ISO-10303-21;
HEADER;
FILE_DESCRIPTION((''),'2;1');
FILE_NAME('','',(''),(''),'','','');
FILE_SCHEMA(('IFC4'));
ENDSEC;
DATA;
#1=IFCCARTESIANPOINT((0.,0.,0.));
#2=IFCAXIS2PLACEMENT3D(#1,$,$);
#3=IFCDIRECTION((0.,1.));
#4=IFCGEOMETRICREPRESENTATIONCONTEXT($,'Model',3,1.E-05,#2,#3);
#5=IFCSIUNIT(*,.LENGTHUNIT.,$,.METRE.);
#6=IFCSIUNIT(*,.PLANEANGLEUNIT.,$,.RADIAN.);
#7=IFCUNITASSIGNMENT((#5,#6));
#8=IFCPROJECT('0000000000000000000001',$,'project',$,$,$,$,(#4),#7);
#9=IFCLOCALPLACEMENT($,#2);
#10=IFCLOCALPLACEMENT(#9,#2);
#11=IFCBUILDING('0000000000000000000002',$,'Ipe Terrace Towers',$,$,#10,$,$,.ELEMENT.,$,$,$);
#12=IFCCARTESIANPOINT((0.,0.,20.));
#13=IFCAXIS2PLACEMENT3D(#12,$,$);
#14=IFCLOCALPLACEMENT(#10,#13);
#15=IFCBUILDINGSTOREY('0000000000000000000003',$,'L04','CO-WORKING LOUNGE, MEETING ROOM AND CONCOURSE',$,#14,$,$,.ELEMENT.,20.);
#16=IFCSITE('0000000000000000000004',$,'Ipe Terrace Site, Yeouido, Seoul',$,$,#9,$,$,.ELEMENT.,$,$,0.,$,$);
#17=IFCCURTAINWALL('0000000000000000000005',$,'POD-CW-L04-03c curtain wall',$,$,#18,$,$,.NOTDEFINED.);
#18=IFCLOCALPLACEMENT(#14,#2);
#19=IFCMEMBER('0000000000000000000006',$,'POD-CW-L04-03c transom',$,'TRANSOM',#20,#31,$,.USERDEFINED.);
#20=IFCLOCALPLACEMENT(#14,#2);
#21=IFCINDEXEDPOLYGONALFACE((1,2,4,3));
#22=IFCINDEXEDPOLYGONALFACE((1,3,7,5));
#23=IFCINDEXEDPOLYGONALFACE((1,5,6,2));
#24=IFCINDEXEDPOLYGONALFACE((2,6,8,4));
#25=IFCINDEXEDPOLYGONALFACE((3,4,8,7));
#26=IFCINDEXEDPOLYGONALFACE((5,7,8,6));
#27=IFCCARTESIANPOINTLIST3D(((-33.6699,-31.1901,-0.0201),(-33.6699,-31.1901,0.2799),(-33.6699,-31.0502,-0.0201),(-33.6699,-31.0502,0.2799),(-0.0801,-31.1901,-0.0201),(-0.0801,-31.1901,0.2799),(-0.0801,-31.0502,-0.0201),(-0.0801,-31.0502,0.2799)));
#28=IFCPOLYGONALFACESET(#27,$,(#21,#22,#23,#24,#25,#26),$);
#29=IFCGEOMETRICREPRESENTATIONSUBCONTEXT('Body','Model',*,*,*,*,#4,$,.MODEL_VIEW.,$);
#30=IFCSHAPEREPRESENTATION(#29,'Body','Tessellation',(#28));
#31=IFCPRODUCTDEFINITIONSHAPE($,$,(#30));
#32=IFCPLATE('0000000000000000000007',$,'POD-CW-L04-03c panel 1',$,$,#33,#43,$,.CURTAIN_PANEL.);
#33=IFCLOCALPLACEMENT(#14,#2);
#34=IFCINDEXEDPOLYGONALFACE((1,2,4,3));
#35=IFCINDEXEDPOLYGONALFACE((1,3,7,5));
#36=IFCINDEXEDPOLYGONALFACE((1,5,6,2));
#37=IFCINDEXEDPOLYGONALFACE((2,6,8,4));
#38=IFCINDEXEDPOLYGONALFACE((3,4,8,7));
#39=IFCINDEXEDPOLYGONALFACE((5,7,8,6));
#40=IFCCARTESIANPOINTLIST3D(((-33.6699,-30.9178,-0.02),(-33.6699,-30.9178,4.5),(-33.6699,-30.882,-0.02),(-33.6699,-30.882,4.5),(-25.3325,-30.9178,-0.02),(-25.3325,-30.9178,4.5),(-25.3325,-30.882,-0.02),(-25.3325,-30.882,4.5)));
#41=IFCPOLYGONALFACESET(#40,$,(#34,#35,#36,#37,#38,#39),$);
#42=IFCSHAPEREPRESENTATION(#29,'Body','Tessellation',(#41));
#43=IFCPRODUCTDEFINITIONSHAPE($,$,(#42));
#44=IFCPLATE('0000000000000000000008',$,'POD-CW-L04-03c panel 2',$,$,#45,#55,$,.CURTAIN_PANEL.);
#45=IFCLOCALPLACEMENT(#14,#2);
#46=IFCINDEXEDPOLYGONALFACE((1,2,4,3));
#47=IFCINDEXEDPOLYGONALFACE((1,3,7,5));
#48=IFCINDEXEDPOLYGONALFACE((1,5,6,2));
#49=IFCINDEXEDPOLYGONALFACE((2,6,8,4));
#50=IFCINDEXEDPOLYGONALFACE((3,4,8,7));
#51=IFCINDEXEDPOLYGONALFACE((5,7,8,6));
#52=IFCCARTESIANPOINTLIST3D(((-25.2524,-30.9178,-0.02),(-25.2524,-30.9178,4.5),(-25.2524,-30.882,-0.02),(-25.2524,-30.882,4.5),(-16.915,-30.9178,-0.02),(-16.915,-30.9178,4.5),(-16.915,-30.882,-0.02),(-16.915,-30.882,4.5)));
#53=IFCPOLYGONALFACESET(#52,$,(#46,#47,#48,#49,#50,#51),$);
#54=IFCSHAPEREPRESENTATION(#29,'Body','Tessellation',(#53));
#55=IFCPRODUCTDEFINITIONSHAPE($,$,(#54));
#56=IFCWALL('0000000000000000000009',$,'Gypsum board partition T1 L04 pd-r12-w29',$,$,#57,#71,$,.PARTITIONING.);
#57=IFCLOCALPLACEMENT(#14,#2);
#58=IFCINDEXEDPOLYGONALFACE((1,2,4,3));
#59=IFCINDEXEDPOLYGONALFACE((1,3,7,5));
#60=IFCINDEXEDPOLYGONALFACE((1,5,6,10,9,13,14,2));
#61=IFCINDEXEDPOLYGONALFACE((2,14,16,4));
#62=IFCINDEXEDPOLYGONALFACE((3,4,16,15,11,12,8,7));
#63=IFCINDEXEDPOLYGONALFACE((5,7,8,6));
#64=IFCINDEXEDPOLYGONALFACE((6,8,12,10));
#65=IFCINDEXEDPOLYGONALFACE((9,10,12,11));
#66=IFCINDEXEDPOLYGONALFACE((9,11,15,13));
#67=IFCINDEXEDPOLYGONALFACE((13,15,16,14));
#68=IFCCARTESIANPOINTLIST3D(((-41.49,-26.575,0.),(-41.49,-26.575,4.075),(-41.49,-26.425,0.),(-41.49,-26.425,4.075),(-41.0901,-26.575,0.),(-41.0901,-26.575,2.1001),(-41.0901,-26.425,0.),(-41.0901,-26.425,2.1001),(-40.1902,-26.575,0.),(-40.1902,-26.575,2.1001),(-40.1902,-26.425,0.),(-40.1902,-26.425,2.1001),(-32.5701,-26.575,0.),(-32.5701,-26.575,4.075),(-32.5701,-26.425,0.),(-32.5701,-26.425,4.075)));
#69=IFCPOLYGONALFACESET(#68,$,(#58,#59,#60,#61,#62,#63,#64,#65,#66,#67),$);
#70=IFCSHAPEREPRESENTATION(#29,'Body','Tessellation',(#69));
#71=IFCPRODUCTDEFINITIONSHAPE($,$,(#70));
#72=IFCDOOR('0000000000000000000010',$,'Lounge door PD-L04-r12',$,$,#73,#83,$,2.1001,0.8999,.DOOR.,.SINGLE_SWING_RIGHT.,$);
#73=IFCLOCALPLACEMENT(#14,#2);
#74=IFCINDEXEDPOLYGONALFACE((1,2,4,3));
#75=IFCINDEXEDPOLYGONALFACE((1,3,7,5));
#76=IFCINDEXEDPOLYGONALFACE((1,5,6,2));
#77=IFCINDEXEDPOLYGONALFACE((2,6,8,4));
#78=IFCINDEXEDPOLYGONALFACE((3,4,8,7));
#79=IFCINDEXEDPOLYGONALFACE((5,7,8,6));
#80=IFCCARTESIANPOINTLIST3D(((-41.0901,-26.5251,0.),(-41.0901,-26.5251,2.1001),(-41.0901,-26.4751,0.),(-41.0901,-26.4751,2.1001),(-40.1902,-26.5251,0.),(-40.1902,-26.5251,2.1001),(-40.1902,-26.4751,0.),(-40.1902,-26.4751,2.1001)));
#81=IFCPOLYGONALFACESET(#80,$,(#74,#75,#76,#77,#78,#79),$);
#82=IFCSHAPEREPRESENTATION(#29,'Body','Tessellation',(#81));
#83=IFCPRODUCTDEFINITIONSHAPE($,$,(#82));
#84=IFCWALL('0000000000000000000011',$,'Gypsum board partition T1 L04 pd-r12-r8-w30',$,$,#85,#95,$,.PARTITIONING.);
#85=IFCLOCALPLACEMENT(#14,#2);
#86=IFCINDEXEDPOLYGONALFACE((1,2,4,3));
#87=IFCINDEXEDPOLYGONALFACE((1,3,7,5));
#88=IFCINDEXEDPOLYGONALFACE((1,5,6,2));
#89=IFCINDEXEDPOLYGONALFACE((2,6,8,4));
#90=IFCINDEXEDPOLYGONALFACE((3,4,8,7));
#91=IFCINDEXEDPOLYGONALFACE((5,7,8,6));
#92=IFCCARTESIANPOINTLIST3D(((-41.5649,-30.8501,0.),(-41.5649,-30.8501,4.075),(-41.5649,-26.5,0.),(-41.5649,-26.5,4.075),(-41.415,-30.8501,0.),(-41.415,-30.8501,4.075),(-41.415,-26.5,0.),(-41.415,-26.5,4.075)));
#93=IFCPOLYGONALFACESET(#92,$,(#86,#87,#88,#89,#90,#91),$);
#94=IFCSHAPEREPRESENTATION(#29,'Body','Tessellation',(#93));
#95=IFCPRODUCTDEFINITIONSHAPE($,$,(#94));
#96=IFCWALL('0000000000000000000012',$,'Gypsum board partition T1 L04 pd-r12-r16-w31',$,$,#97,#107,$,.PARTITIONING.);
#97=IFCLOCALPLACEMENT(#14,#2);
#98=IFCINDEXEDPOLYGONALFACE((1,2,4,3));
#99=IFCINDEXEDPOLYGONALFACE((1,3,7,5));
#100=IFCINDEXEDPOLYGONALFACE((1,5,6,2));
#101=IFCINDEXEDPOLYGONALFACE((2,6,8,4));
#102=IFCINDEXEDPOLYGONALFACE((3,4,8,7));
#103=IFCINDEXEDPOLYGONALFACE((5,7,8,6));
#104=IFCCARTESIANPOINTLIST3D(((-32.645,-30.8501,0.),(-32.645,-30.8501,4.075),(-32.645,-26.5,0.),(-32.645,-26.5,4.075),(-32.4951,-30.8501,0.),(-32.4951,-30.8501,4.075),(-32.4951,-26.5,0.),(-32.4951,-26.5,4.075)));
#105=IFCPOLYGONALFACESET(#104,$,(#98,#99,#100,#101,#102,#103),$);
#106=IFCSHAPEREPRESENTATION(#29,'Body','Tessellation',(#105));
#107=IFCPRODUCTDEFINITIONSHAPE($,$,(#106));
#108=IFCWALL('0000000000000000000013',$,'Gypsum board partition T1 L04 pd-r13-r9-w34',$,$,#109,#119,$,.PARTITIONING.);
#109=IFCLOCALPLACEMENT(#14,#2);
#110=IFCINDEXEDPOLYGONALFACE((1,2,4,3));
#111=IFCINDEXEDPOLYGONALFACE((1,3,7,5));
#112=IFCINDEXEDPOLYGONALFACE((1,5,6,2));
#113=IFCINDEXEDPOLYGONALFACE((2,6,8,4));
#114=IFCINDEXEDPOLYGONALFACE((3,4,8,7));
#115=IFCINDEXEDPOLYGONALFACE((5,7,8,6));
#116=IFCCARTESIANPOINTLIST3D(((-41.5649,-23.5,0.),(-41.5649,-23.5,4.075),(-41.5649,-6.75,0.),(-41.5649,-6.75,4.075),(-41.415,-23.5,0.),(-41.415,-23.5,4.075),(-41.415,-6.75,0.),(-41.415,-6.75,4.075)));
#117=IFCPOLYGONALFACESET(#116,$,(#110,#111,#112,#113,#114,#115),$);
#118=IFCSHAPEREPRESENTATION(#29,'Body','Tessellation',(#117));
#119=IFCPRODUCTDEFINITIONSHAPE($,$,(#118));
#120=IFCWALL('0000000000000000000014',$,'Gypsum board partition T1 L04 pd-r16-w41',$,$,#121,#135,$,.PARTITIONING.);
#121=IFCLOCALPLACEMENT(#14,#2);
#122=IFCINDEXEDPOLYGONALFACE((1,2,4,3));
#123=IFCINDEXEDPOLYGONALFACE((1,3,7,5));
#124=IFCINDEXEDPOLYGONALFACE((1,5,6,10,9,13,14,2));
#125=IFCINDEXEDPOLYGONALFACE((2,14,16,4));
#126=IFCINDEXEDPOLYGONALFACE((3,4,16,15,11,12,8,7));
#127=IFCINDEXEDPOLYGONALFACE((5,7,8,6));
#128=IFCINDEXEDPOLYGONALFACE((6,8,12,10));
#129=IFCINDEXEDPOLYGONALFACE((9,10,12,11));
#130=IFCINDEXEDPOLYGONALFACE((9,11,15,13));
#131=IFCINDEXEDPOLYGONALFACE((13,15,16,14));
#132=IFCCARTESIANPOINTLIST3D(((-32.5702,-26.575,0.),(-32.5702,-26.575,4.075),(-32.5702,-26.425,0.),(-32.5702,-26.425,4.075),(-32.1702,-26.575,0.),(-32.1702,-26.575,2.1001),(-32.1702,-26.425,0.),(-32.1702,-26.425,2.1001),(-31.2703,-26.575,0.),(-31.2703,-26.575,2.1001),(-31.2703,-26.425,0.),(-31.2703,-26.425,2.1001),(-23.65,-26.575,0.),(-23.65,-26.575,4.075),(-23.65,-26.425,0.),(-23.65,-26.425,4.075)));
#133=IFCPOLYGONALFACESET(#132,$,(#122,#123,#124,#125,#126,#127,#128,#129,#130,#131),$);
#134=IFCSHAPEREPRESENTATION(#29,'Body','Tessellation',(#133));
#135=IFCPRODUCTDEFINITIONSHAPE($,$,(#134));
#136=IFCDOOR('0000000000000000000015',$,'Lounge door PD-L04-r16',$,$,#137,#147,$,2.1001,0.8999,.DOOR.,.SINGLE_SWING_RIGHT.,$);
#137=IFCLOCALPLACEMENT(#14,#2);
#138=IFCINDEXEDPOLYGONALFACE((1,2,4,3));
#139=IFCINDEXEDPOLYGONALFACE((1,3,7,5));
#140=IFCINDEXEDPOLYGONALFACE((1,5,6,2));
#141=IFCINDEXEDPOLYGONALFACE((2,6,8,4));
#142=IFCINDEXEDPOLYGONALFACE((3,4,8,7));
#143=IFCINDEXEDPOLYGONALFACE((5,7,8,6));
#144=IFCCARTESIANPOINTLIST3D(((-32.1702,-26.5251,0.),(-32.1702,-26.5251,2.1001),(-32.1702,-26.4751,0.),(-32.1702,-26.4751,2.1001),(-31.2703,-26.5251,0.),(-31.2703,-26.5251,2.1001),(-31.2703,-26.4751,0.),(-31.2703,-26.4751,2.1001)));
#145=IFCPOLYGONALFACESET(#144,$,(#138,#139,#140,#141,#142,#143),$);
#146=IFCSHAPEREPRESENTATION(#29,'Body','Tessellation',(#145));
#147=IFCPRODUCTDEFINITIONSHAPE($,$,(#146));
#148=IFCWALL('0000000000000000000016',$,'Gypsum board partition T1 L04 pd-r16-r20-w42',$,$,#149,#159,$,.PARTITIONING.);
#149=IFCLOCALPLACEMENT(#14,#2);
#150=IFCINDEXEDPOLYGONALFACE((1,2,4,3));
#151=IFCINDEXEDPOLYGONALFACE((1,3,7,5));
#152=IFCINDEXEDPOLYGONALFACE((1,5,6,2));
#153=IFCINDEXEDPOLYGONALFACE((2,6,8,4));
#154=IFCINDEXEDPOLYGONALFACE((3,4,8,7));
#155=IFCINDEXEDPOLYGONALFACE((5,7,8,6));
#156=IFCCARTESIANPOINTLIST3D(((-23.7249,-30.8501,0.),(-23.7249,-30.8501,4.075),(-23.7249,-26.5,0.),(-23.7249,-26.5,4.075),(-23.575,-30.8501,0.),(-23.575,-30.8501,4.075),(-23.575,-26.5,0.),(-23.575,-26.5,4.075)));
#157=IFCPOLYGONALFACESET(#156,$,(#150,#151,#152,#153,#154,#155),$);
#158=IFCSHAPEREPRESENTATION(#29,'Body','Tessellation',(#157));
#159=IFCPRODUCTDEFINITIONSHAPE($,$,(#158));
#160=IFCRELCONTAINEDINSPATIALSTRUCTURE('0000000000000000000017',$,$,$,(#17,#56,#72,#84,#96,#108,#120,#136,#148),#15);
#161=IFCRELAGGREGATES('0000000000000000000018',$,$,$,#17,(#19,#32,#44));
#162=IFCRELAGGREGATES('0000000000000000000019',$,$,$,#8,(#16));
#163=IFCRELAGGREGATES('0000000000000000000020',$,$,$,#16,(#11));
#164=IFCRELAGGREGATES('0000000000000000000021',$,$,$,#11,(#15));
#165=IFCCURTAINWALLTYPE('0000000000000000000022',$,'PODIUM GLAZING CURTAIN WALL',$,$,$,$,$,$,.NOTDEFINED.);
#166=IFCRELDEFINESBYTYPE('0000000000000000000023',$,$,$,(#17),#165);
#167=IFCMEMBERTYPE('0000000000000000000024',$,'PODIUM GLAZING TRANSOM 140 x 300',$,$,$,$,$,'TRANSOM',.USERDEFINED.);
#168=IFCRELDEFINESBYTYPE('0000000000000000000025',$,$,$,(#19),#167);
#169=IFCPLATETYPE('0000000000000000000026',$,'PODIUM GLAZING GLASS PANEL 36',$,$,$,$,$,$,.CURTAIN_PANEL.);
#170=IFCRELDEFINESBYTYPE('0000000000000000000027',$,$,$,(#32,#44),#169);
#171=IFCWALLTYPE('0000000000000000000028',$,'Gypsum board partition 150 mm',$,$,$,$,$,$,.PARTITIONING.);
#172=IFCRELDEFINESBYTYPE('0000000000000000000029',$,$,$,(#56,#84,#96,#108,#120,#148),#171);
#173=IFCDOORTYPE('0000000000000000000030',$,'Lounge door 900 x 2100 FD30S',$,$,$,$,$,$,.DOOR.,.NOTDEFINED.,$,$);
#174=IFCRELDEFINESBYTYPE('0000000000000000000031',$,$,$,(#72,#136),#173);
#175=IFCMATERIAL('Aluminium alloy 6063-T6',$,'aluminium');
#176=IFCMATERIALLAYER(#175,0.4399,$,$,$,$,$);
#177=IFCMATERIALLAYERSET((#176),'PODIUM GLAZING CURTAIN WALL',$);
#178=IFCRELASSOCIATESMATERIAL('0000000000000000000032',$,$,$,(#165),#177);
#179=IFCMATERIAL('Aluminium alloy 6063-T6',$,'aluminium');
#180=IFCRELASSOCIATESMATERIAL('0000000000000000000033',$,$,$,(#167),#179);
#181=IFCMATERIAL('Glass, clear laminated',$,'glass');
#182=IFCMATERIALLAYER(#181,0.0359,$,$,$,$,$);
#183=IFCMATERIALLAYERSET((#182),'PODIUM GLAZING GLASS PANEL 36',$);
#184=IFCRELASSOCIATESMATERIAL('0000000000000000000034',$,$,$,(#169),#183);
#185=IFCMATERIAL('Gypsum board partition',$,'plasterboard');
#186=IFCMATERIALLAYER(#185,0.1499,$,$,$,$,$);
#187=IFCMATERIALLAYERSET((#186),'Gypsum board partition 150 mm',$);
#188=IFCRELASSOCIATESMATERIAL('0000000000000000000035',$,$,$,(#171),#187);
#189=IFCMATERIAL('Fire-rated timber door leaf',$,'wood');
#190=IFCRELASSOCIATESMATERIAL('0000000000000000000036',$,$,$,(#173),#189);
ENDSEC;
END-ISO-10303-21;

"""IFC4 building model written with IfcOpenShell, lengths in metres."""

from ifc_helpers import new_model, si_unit, direction, frame, frame_2d, origin, origin_2d, place, context, subcontext, project, spatial, rectangle, extrude, material, layer, layer_set, material_profile, profile_set, type_object, element, fill, aggregate, save


model = new_model("IFC4")

# Units and contexts
model_context = context("Model", 3, precision=1e-05, world=origin(), true_north=direction((0.0, 1.0)))
body_context = subcontext(model_context, "Body", "Model", "MODEL_VIEW")
ifc_project = project(units=[si_unit("LENGTHUNIT", "METRE"), si_unit("PLANEANGLEUNIT", "RADIAN")], contexts=[model_context])

# Site, building, storey
site_placement = place(None, origin())
site = spatial("IfcSite", under=ifc_project, at=site_placement, Name="Ipe Terrace Site, Yeouido, Seoul", CompositionType="ELEMENT", RefElevation=0.0)
building_placement = place(site_placement, origin())
building = spatial("IfcBuilding", under=site, at=building_placement, Name="Ipe Terrace Towers", CompositionType="ELEMENT")
storey_placement = place(building_placement, frame((0.0, 0.0, 20.0)))
storey = spatial("IfcBuildingStorey", under=building, at=storey_placement, Name="L04", Description="CO-WORKING LOUNGE, MEETING ROOM AND CONCOURSE", CompositionType="ELEMENT", Elevation=20.0)

# Shared definitions
ifc_material_1 = material(Name="Aluminium alloy 6063-T6", Category="aluminium")
ifc_layer_1 = layer(ifc_material_1, 0.4399)
ifc_layer_set_1 = layer_set([ifc_layer_1], Name="PODIUM GLAZING CURTAIN WALL")
curtain_wall_type = type_object("IfcCurtainWallType", Name="PODIUM GLAZING CURTAIN WALL", PredefinedType="NOTDEFINED", material=ifc_layer_set_1)

# Curtain wall, member, plates
curtain_wall_1_placement = place(storey_placement, origin())
curtain_wall_1 = element("IfcCurtainWall", 1, at=curtain_wall_1_placement, inside=storey, type_object=curtain_wall_type, Name="POD-CW-L04-03c curtain wall", PredefinedType="NOTDEFINED")
ifc_material_2 = material(Name="Aluminium alloy 6063-T6", Category="aluminium")
ifc_material_profile_1 = material_profile(ifc_material_2, rectangle(XDim=0.1399, YDim=0.3, at=origin_2d()), Name="PODIUM GLAZING TRANSOM 140 x 300")
ifc_profile_set_1 = profile_set([ifc_material_profile_1], Name="Aluminium alloy 6063-T6")
member_type_1 = type_object("IfcMemberType", Name="PODIUM GLAZING TRANSOM 140 x 300", ElementType="TRANSOM", PredefinedType="USERDEFINED", material=ifc_profile_set_1)
member_1_placement = place(storey_placement, frame((-33.6699, -31.1201, 0.1299), z_axis=(1.0, 0.0, 0.0), x_axis=(0.0, -1.0, 0.0)))
member_1 = element("IfcMember", 2, at=member_1_placement, type_object=member_type_1, Name="POD-CW-L04-03c transom", ObjectType="TRANSOM", PredefinedType="USERDEFINED", context=body_context, shape_type="SweptSolid", body=[
    extrude(rectangle(XDim=0.1399, YDim=0.3, at=origin_2d()), origin(), (0.0, 0.0, 1.0), 33.5898),
])
ifc_material_3 = material(Name="Glass, clear laminated", Category="glass")
ifc_layer_2 = layer(ifc_material_3, 0.0359)
ifc_layer_set_2 = layer_set([ifc_layer_2], Name="PODIUM GLAZING GLASS PANEL 36")
plate_type = type_object("IfcPlateType", Name="PODIUM GLAZING GLASS PANEL 36", PredefinedType="CURTAIN_PANEL", material=ifc_layer_set_2)
plate_1_placement = place(storey_placement, frame((-29.5012, -30.8999, -0.02), z_axis=(0.0, 0.0, 1.0), x_axis=(1.0, 0.0, 0.0)))
plate_1 = element("IfcPlate", 3, at=plate_1_placement, type_object=plate_type, Name="POD-CW-L04-03c panel 1", PredefinedType="CURTAIN_PANEL", context=body_context, shape_type="SweptSolid", body=[
    extrude(rectangle(XDim=8.3374, YDim=0.0359, at=origin_2d()), origin(), (0.0, 0.0, 1.0), 4.52),
])
plate_2_placement = place(storey_placement, frame((-21.0837, -30.8999, -0.02), z_axis=(0.0, 0.0, 1.0), x_axis=(1.0, 0.0, 0.0)))
plate_2 = element("IfcPlate", 4, at=plate_2_placement, type_object=plate_type, Name="POD-CW-L04-03c panel 2", PredefinedType="CURTAIN_PANEL", context=body_context, shape_type="SweptSolid", body=[
    extrude(rectangle(XDim=8.3374, YDim=0.0359, at=origin_2d()), origin(), (0.0, 0.0, 1.0), 4.52),
])
aggregate(curtain_wall_1, [member_1, plate_1, plate_2])

# Wall, opening, door
ifc_material_4 = material(Name="Gypsum board partition", Category="plasterboard")
ifc_layer_3 = layer(ifc_material_4, 0.1499)
ifc_layer_set_3 = layer_set([ifc_layer_3], Name="Gypsum board partition 150 mm")
wall_type_1 = type_object("IfcWallType", Name="Gypsum board partition 150 mm", PredefinedType="PARTITIONING", material=ifc_layer_set_3)
wall_1_placement = place(storey_placement, frame((-41.49, -26.5, 0.0), z_axis=(0.0, 0.0, 1.0), x_axis=(1.0, 0.0, 0.0)))
wall_1 = element("IfcWall", 5, at=wall_1_placement, inside=storey, type_object=wall_type_1, Name="Gypsum board partition T1 L04 pd-r12-w29", PredefinedType="PARTITIONING", context=body_context, shape_type="SweptSolid", body=[
    extrude(rectangle(XDim=8.9199, YDim=0.1499, at=frame_2d((4.46, 0.0))), origin(), (0.0, 0.0, 1.0), 4.075),
])
opening_1_placement = place(wall_1_placement, frame((0.3999, 0.0, 0.0)))
opening_1 = element("IfcOpeningElement", 6, at=opening_1_placement, cuts=wall_1, PredefinedType="OPENING", context=body_context, shape_type="SweptSolid", body=[
    extrude(rectangle(XDim=0.8999, YDim=2.1001, at=frame_2d((0.45, 1.05))), frame((0.0, 0.085, 0.0), z_axis=(0.0, -1.0, 0.0), x_axis=(1.0, 0.0, 0.0)), (0.0, 0.0, 1.0), 0.1699),
])
ifc_material_5 = material(Name="Fire-rated timber door leaf", Category="wood")
door_type_1 = type_object("IfcDoorType", Name="Lounge door 900 x 2100 FD30S", OperationType="NOTDEFINED", PredefinedType="DOOR", material=ifc_material_5)
door_1_placement = place(opening_1_placement, origin())
door_1 = element("IfcDoor", 7, at=door_1_placement, inside=storey, type_object=door_type_1, Name="Lounge door PD-L04-r12", OperationType="SINGLE_SWING_RIGHT", OverallHeight=2.1001, OverallWidth=0.8999, PredefinedType="DOOR", context=body_context, shape_type="SweptSolid", body=[
    extrude(rectangle(XDim=0.8999, YDim=2.1001, at=frame_2d((0.45, 1.05))), frame((0.0, 0.0249, 0.0), z_axis=(0.0, -1.0, 0.0), x_axis=(1.0, 0.0, 0.0)), (0.0, 0.0, 1.0), 0.05),
])
fill(opening_1, door_1)

# Walls
for number, where, z_axis, x_axis, name in (
    (8, (-41.49, -30.8501, 0.0), (0.0, 0.0, 1.0), (0.0, 1.0, 0.0), "Gypsum board partition T1 L04 pd-r12-r8-w30"),
    (9, (-32.5701, -26.5, 0.0), (0.0, 0.0, 1.0), (0.0, -1.0, 0.0), "Gypsum board partition T1 L04 pd-r12-r16-w31"),
):
    element("IfcWall", number, at=place(storey_placement, frame(where, z_axis=z_axis, x_axis=x_axis)), inside=storey, type_object=wall_type_1, Name=name, PredefinedType="PARTITIONING", context=body_context, shape_type="SweptSolid", body=[
        extrude(rectangle(XDim=4.3501, YDim=0.1499, at=frame_2d((2.175, 0.0))), origin(), (0.0, 0.0, 1.0), 4.075),
    ])
wall_2_placement = place(storey_placement, frame((-41.49, -23.5, 0.0), z_axis=(0.0, 0.0, 1.0), x_axis=(0.0, 1.0, 0.0)))
element("IfcWall", 10, at=wall_2_placement, inside=storey, type_object=wall_type_1, Name="Gypsum board partition T1 L04 pd-r13-r9-w34", PredefinedType="PARTITIONING", context=body_context, shape_type="SweptSolid", body=[
    extrude(rectangle(XDim=16.75, YDim=0.1499, at=frame_2d((8.375, 0.0))), origin(), (0.0, 0.0, 1.0), 4.075),
])

# Wall, opening, door
wall_3_placement = place(storey_placement, frame((-32.5701, -26.5, 0.0), z_axis=(0.0, 0.0, 1.0), x_axis=(1.0, 0.0, 0.0)))
wall_3 = element("IfcWall", 11, at=wall_3_placement, inside=storey, type_object=wall_type_1, Name="Gypsum board partition T1 L04 pd-r16-w41", PredefinedType="PARTITIONING", context=body_context, shape_type="SweptSolid", body=[
    extrude(rectangle(XDim=8.9202, YDim=0.1499, at=frame_2d((4.46, 0.0))), origin(), (0.0, 0.0, 1.0), 4.075),
])
opening_2_placement = place(wall_3_placement, frame((0.3999, 0.0, 0.0)))
opening_2 = element("IfcOpeningElement", 12, at=opening_2_placement, cuts=wall_3, PredefinedType="OPENING", context=body_context, shape_type="SweptSolid", body=[
    extrude(rectangle(XDim=0.8999, YDim=2.1001, at=frame_2d((0.45, 1.05))), frame((0.0, 0.085, 0.0), z_axis=(0.0, -1.0, 0.0), x_axis=(1.0, 0.0, 0.0)), (0.0, 0.0, 1.0), 0.1699),
])
door_2_placement = place(opening_2_placement, origin())
door_2 = element("IfcDoor", 13, at=door_2_placement, inside=storey, type_object=door_type_1, Name="Lounge door PD-L04-r16", OperationType="SINGLE_SWING_RIGHT", OverallHeight=2.1001, OverallWidth=0.8999, PredefinedType="DOOR", context=body_context, shape_type="SweptSolid", body=[
    extrude(rectangle(XDim=0.8999, YDim=2.1001, at=frame_2d((0.45, 1.05))), frame((0.0, 0.0249, 0.0), z_axis=(0.0, -1.0, 0.0), x_axis=(1.0, 0.0, 0.0)), (0.0, 0.0, 1.0), 0.05),
])
fill(opening_2, door_2)

# Wall
wall_4_placement = place(storey_placement, frame((-23.6499, -26.5, 0.0), z_axis=(0.0, 0.0, 1.0), x_axis=(0.0, -1.0, 0.0)))
element("IfcWall", 14, at=wall_4_placement, inside=storey, type_object=wall_type_1, Name="Gypsum board partition T1 L04 pd-r16-r20-w42", PredefinedType="PARTITIONING", context=body_context, shape_type="SweptSolid", body=[
    extrude(rectangle(XDim=4.3501, YDim=0.1499, at=frame_2d((2.175, 0.0))), origin(), (0.0, 0.0, 1.0), 4.075),
])

save(model, "model.ifc")
